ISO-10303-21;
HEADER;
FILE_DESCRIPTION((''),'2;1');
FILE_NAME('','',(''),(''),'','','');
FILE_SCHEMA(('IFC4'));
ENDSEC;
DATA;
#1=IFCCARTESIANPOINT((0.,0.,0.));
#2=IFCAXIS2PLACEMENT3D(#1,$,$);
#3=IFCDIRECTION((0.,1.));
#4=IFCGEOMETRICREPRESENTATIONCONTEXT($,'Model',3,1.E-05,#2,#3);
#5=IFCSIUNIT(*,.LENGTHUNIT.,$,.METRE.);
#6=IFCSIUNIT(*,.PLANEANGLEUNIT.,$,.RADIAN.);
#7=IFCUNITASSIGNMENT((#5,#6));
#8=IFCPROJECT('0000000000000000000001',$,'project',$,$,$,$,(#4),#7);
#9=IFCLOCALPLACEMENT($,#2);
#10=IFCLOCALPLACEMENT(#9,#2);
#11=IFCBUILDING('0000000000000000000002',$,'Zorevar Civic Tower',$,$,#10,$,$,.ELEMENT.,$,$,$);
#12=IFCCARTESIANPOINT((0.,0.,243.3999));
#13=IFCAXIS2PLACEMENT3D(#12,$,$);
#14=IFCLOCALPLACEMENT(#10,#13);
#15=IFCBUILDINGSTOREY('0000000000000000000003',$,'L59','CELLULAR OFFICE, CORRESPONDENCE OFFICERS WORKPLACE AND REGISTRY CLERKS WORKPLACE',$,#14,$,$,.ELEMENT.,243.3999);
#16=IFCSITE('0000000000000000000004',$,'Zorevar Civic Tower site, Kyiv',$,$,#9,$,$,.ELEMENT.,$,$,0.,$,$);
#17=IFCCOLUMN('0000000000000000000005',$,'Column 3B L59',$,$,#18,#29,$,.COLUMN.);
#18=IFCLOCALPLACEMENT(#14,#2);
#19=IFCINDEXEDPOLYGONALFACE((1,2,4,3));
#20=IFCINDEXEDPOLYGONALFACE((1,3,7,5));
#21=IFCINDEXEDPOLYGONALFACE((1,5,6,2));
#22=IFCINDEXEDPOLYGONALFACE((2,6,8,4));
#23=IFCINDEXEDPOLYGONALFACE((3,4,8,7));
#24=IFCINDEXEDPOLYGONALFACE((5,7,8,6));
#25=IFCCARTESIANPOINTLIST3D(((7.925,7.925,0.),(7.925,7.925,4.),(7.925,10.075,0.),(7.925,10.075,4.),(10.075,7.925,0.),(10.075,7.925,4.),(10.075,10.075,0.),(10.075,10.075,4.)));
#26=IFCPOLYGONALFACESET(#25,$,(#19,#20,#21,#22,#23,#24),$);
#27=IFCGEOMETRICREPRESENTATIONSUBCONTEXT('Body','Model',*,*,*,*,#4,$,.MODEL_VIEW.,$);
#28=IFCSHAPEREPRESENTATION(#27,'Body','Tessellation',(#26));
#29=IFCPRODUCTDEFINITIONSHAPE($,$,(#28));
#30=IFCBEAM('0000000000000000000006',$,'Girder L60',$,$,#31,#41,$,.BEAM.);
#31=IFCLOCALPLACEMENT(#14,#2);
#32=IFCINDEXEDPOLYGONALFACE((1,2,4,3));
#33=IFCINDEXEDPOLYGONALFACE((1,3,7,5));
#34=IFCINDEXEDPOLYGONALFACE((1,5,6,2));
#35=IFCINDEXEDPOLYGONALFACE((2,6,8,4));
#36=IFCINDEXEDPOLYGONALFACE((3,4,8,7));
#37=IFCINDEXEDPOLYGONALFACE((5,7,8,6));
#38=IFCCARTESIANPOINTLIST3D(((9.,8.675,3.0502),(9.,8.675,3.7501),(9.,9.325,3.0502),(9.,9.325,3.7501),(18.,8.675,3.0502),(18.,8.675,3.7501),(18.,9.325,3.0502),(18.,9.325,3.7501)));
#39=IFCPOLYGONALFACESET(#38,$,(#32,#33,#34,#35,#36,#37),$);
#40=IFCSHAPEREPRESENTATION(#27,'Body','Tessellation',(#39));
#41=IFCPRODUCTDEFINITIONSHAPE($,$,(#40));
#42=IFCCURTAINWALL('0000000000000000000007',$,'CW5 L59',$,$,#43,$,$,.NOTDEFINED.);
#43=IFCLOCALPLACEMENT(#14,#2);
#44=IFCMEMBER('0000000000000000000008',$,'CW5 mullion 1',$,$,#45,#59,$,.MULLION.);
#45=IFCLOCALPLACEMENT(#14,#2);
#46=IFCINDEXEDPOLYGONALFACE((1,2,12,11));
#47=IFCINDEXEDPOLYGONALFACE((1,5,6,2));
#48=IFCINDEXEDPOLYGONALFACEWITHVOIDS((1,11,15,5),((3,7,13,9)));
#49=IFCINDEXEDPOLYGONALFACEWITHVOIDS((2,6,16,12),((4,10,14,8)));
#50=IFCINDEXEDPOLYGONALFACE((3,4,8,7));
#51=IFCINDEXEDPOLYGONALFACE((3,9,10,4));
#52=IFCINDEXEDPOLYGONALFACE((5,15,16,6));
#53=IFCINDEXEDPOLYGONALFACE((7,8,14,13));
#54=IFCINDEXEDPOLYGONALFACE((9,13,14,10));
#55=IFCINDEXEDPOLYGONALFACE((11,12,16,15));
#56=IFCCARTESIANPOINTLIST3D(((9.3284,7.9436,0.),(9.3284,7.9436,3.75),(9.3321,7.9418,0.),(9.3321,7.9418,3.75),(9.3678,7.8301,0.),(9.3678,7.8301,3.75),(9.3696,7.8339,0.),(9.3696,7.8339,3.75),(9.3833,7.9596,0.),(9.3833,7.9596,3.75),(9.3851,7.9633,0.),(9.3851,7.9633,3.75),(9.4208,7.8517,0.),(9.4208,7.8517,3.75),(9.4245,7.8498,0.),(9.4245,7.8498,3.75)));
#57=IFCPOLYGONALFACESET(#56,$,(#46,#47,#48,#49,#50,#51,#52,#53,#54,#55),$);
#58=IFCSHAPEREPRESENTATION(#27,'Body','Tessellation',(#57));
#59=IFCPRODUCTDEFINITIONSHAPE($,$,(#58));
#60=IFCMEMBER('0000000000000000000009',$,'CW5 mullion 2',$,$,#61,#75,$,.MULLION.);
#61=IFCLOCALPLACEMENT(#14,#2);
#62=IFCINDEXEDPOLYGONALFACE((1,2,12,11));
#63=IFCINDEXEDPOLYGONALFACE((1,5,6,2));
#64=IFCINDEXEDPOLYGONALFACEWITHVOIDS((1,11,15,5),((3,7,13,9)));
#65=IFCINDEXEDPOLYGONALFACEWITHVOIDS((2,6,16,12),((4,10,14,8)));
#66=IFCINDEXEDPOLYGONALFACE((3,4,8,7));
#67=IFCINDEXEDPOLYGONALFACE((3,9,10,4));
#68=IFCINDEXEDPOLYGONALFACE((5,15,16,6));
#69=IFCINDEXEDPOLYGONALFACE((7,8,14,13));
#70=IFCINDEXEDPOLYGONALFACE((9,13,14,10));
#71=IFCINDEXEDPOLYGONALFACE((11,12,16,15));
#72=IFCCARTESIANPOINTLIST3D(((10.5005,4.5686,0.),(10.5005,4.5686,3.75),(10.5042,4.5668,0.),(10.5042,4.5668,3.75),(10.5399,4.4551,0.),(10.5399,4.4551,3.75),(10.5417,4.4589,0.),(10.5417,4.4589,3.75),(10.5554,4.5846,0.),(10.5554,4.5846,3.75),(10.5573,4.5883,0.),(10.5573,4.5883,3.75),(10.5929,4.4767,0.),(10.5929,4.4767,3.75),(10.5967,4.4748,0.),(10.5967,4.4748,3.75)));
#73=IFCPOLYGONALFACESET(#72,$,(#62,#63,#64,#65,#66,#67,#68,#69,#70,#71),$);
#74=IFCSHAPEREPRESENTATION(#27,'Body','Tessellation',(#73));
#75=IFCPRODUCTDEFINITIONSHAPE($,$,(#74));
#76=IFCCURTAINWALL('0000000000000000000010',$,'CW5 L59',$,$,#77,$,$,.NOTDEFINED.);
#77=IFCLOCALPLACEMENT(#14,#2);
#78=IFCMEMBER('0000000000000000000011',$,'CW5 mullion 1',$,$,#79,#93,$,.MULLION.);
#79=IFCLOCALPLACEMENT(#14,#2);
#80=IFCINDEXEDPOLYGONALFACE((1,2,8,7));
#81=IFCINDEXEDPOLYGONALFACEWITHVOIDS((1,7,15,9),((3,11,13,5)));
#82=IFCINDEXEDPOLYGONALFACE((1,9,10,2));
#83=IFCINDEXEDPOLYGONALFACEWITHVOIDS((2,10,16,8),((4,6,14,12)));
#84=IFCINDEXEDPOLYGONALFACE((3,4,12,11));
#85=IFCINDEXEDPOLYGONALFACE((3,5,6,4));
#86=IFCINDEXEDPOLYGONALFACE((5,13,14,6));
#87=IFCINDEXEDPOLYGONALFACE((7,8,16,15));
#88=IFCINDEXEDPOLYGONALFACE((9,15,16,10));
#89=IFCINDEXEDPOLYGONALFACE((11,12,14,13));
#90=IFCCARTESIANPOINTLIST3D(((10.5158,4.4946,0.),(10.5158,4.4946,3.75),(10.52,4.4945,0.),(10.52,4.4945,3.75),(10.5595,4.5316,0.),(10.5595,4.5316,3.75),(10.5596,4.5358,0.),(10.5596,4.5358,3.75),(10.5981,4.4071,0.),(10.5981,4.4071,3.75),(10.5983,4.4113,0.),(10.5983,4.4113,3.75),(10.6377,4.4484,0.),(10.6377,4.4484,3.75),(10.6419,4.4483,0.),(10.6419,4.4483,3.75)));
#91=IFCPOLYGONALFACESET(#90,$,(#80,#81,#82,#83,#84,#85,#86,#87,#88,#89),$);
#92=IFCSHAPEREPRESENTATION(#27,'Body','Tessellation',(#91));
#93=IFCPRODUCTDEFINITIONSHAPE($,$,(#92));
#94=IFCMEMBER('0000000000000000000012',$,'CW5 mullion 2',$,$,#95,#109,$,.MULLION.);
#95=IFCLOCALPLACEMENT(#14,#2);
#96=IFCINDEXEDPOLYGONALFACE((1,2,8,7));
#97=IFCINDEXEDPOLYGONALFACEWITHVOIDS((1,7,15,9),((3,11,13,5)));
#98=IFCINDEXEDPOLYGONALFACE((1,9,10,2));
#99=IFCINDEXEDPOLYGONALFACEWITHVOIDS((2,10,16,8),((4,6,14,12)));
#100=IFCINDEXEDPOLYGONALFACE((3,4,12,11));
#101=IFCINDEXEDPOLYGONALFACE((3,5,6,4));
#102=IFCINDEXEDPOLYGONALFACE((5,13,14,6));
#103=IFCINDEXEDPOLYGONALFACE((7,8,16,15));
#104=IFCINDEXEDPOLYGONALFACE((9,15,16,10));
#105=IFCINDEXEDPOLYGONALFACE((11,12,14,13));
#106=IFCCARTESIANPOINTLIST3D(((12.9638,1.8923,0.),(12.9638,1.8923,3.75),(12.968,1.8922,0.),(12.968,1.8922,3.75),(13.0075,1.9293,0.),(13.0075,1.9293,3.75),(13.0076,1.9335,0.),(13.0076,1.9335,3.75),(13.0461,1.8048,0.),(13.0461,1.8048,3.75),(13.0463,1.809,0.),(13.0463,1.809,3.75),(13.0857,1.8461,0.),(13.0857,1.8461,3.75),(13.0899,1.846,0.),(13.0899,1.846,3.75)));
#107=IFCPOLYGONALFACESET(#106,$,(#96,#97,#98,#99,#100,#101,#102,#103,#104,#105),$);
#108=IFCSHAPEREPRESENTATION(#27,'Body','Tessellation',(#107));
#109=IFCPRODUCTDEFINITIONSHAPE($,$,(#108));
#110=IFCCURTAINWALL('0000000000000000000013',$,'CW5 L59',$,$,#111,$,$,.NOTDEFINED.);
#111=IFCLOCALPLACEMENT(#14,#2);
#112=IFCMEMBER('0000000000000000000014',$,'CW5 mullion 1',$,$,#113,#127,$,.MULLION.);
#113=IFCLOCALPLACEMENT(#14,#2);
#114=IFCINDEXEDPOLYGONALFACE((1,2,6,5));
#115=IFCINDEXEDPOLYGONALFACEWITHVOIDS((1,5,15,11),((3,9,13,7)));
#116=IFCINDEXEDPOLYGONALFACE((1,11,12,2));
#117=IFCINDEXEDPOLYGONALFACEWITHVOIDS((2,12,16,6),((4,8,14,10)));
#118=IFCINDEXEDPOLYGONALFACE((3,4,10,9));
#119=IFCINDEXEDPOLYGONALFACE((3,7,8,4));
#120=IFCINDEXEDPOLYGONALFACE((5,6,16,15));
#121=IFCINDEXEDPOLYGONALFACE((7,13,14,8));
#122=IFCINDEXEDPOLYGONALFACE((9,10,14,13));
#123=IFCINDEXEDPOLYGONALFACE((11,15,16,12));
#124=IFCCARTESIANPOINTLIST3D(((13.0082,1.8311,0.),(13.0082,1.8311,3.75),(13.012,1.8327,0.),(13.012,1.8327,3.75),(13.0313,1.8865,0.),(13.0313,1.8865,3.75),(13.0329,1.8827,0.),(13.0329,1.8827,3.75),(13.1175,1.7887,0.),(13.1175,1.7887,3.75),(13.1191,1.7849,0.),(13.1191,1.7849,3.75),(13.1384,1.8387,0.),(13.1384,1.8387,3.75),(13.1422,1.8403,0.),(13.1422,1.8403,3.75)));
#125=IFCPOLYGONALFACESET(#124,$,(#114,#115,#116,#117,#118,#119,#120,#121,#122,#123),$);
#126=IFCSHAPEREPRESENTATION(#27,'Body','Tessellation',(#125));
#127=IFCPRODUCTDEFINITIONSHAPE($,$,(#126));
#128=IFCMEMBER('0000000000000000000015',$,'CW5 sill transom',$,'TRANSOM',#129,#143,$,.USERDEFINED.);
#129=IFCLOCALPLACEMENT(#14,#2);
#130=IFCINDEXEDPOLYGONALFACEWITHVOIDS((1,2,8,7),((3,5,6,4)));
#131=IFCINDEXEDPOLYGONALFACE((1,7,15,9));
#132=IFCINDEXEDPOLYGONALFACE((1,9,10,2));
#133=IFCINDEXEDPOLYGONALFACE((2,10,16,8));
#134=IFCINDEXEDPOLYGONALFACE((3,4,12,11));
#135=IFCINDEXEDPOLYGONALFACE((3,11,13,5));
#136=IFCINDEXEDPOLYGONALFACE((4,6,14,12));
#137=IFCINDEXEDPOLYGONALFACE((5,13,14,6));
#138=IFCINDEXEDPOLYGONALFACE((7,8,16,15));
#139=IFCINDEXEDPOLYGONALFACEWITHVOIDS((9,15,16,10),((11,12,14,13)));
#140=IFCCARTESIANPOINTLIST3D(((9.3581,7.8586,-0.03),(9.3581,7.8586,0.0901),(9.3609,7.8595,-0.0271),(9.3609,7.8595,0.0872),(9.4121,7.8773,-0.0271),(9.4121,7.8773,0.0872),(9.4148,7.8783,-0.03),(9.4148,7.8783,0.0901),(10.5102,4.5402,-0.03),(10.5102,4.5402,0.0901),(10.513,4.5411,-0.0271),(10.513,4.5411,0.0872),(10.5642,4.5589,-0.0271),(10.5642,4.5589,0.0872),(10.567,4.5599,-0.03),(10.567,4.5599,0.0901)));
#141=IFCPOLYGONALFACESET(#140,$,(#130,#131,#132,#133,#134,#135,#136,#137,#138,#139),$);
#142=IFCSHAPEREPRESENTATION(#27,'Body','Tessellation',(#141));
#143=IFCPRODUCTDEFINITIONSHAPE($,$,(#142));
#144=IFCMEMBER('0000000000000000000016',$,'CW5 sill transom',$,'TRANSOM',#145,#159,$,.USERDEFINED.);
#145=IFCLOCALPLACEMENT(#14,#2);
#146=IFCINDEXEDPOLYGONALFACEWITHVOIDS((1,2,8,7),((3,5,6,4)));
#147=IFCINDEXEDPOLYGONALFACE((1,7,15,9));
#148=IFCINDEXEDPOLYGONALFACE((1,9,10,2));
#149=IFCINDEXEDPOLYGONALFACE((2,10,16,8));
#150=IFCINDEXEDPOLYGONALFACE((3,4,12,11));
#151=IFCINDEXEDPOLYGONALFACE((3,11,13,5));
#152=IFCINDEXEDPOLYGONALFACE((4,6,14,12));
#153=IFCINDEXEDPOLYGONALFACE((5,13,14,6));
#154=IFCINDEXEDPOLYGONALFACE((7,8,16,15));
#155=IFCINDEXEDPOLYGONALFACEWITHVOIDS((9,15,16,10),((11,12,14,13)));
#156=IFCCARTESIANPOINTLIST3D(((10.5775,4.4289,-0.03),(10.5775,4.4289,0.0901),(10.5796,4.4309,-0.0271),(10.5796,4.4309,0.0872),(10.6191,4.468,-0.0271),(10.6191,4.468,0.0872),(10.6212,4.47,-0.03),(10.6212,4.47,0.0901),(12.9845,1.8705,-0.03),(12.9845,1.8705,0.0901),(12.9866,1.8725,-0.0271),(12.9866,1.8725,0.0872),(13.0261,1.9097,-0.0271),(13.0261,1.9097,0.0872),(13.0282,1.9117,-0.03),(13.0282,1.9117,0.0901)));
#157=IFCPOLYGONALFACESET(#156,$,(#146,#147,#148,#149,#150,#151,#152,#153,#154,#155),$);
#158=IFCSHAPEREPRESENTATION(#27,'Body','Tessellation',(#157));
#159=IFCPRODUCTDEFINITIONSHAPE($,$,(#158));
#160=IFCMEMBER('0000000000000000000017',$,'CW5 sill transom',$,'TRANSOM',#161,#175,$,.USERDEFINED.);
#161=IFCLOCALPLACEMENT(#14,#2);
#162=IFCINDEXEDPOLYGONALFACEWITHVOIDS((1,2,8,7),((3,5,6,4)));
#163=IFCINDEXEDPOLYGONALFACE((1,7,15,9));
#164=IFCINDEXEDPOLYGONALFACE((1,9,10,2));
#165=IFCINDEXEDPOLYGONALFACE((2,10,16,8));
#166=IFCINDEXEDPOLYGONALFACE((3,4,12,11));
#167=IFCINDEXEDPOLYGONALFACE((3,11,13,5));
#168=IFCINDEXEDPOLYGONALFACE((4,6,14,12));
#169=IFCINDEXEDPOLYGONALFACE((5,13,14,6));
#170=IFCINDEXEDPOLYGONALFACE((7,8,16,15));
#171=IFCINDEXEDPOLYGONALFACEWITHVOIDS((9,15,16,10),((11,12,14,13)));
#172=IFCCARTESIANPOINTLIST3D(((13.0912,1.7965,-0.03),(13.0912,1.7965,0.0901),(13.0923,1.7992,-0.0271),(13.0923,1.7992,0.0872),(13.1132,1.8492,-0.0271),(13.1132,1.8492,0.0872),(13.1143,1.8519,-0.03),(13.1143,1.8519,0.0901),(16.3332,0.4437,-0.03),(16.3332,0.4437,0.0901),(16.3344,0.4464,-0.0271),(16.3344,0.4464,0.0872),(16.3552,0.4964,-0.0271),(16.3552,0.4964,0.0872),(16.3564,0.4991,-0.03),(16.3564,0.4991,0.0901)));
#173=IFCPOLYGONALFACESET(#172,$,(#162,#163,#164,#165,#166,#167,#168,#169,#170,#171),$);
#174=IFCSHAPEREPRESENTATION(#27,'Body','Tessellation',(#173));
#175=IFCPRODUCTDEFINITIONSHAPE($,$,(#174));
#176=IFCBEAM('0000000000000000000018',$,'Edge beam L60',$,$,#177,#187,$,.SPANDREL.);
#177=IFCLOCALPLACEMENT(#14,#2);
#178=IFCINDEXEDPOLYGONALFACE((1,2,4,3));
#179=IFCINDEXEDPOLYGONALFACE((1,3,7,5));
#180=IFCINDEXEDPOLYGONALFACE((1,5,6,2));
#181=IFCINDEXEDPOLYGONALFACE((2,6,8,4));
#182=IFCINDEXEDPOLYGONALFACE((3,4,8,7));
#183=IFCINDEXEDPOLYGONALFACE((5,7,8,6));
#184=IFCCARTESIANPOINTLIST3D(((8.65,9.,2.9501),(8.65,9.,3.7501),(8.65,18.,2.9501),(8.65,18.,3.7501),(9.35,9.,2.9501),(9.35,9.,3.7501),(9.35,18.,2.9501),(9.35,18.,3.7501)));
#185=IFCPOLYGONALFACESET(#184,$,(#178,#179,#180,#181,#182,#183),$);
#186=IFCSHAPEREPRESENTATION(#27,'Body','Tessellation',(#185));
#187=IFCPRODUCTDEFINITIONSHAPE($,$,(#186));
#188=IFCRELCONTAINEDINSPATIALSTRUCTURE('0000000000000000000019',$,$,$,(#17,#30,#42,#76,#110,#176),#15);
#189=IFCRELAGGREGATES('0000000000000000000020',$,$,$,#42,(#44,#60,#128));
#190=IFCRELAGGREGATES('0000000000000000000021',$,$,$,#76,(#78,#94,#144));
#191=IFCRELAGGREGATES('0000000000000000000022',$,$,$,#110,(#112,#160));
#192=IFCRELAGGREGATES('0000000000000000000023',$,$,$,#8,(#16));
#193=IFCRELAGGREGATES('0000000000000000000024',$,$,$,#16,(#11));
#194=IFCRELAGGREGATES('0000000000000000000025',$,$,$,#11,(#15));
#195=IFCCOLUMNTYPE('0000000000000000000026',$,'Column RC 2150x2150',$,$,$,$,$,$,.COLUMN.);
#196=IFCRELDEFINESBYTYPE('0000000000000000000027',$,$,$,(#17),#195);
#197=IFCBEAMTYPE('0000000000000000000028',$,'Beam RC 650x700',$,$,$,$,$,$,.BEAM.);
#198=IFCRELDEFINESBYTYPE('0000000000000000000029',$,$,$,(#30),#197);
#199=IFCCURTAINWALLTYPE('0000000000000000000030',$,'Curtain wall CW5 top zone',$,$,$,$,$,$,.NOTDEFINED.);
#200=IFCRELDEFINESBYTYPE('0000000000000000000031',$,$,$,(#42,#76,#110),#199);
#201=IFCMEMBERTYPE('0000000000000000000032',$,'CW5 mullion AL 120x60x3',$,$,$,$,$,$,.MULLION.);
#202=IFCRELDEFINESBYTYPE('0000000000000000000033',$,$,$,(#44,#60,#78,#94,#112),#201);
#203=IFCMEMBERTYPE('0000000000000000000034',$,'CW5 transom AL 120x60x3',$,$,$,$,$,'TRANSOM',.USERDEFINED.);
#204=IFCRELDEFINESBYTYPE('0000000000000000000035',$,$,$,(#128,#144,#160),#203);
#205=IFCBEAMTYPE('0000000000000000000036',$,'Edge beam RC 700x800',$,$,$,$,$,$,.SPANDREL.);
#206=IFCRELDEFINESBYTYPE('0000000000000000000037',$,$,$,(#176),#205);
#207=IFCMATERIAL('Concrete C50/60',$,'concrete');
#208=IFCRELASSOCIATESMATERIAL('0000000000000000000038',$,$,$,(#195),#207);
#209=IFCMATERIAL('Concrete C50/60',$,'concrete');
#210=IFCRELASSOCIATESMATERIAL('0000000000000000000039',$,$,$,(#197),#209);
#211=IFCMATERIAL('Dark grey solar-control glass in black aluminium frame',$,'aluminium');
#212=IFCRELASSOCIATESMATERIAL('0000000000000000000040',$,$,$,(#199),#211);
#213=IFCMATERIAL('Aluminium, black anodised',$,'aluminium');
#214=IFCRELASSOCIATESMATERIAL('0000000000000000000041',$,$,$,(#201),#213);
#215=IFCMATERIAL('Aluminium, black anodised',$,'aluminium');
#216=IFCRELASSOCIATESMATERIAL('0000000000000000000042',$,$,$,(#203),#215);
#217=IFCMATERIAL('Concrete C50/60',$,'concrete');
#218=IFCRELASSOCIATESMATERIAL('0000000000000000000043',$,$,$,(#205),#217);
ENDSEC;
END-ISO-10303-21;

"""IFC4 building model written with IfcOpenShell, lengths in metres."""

from ifc_helpers import new_model, si_unit, direction, frame, origin, origin_2d, place, context, subcontext, project, spatial, rectangle, hollow_rectangle, extrude, material, material_profile, profile_set, type_object, element, aggregate, save


model = new_model("IFC4")

# Units and contexts
model_context = context("Model", 3, precision=1e-05, world=origin(), true_north=direction((0.0, 1.0)))
body_context = subcontext(model_context, "Body", "Model", "MODEL_VIEW")
ifc_project = project(units=[si_unit("LENGTHUNIT", "METRE"), si_unit("PLANEANGLEUNIT", "RADIAN")], contexts=[model_context])

# Site, building, storey
site_placement = place(None, origin())
site = spatial("IfcSite", under=ifc_project, at=site_placement, Name="Zorevar Civic Tower site, Kyiv", CompositionType="ELEMENT", RefElevation=0.0)
building_placement = place(site_placement, origin())
building = spatial("IfcBuilding", under=site, at=building_placement, Name="Zorevar Civic Tower", CompositionType="ELEMENT")
storey_placement = place(building_placement, frame((0.0, 0.0, 243.3999)))
storey = spatial("IfcBuildingStorey", under=building, at=storey_placement, Name="L59", Description="CELLULAR OFFICE, CORRESPONDENCE OFFICERS WORKPLACE AND REGISTRY CLERKS WORKPLACE", CompositionType="ELEMENT", Elevation=243.3999)

# Column
ifc_material_1 = material(Name="Concrete C50/60", Category="concrete")
ifc_material_profile_1 = material_profile(ifc_material_1, rectangle(XDim=2.1499, YDim=2.1499, at=origin_2d()), Name="RC 2150x2150")
ifc_profile_set_1 = profile_set([ifc_material_profile_1], Name="Concrete C50/60")
column_type = type_object("IfcColumnType", Name="Column RC 2150x2150", PredefinedType="COLUMN", material=ifc_profile_set_1)
column_placement = place(storey_placement, frame((9.0, 9.0, 0.0), z_axis=(0.0, 0.0, 1.0), x_axis=(1.0, 0.0, 0.0)))
element("IfcColumn", 1, at=column_placement, inside=storey, type_object=column_type, Name="Column 3B L59", PredefinedType="COLUMN", context=body_context, shape_type="SweptSolid", body=[
    extrude(rectangle(XDim=2.1499, YDim=2.1499, at=origin_2d()), origin(), (0.0, 0.0, 1.0), 4.0),
])

# Beam
ifc_material_2 = material(Name="Concrete C50/60", Category="concrete")
ifc_material_profile_2 = material_profile(ifc_material_2, rectangle(XDim=0.6499, YDim=0.7, at=origin_2d()), Name="RC 650x700")
ifc_profile_set_2 = profile_set([ifc_material_profile_2], Name="Concrete C50/60")
beam_type_1 = type_object("IfcBeamType", Name="Beam RC 650x700", PredefinedType="BEAM", material=ifc_profile_set_2)
beam_1_placement = place(storey_placement, frame((9.0, 9.0, 3.4001), z_axis=(1.0, 0.0, 0.0), x_axis=(0.0, 1.0, 0.0)))
element("IfcBeam", 2, at=beam_1_placement, inside=storey, type_object=beam_type_1, Name="Girder L60", PredefinedType="BEAM", context=body_context, shape_type="SweptSolid", body=[
    extrude(rectangle(XDim=0.6499, YDim=0.7, at=origin_2d()), origin(), (0.0, 0.0, 1.0), 9.0),
])

# Curtain walls, members
ifc_material_3 = material(Name="Dark grey solar-control glass in black aluminium frame", Category="aluminium")
curtain_wall_type = type_object("IfcCurtainWallType", Name="Curtain wall CW5 top zone", PredefinedType="NOTDEFINED", material=ifc_material_3)
curtain_wall_1_placement = place(storey_placement, origin())
curtain_wall_1 = element("IfcCurtainWall", 3, at=curtain_wall_1_placement, inside=storey, type_object=curtain_wall_type, Name="CW5 L59", PredefinedType="NOTDEFINED")
ifc_material_4 = material(Name="Aluminium, black anodised", Category="aluminium")
ifc_material_profile_3 = material_profile(ifc_material_4, hollow_rectangle(XDim=0.0601, YDim=0.1201, WallThickness=0.0029, at=origin_2d()), Name="AL 120x60x3")
ifc_profile_set_3 = profile_set([ifc_material_profile_3], Name="Aluminium, black anodised")
member_type_1 = type_object("IfcMemberType", Name="CW5 mullion AL 120x60x3", PredefinedType="MULLION", material=ifc_profile_set_3)
member_1_placement = place(storey_placement, frame((9.3765, 7.8967, 0.0), z_axis=(0.0, 0.0, 1.0), x_axis=(0.944669, 0.328026, 0.0)))
member_1 = element("IfcMember", 4, at=member_1_placement, type_object=member_type_1, Name="CW5 mullion 1", PredefinedType="MULLION", context=body_context, shape_type="SweptSolid", body=[
    extrude(hollow_rectangle(XDim=0.0601, YDim=0.1201, WallThickness=0.0029, at=origin_2d()), origin(), (0.0, 0.0, 1.0), 3.75),
])
member_2_placement = place(storey_placement, frame((10.5486, 4.5217, 0.0), z_axis=(0.0, 0.0, 1.0), x_axis=(0.944669, 0.328026, 0.0)))
member_2 = element("IfcMember", 5, at=member_2_placement, type_object=member_type_1, Name="CW5 mullion 2", PredefinedType="MULLION", context=body_context, shape_type="SweptSolid", body=[
    extrude(hollow_rectangle(XDim=0.0601, YDim=0.1201, WallThickness=0.0029, at=origin_2d()), origin(), (0.0, 0.0, 1.0), 3.75),
])
curtain_wall_2_placement = place(storey_placement, origin())
curtain_wall_2 = element("IfcCurtainWall", 6, at=curtain_wall_2_placement, inside=storey, type_object=curtain_wall_type, Name="CW5 L59", PredefinedType="NOTDEFINED")
member_3_placement = place(storey_placement, frame((10.5789, 4.4714, 0.0), z_axis=(0.0, 0.0, 1.0), x_axis=(0.728369, 0.685185, 0.0)))
member_3 = element("IfcMember", 7, at=member_3_placement, type_object=member_type_1, Name="CW5 mullion 1", PredefinedType="MULLION", context=body_context, shape_type="SweptSolid", body=[
    extrude(hollow_rectangle(XDim=0.0601, YDim=0.1201, WallThickness=0.0029, at=origin_2d()), origin(), (0.0, 0.0, 1.0), 3.75),
])
member_4_placement = place(storey_placement, frame((13.0269, 1.8691, 0.0), z_axis=(0.0, 0.0, 1.0), x_axis=(0.728369, 0.685185, 0.0)))
member_4 = element("IfcMember", 8, at=member_4_placement, type_object=member_type_1, Name="CW5 mullion 2", PredefinedType="MULLION", context=body_context, shape_type="SweptSolid", body=[
    extrude(hollow_rectangle(XDim=0.0601, YDim=0.1201, WallThickness=0.0029, at=origin_2d()), origin(), (0.0, 0.0, 1.0), 3.75),
])

# Curtain wall, member
curtain_wall_3_placement = place(storey_placement, origin())
curtain_wall_3 = element("IfcCurtainWall", 9, at=curtain_wall_3_placement, inside=storey, type_object=curtain_wall_type, Name="CW5 L59", PredefinedType="NOTDEFINED")
member_5_placement = place(storey_placement, frame((13.0752, 1.8357, 0.0), z_axis=(0.0, 0.0, 1.0), x_axis=(0.38508, 0.922883, 0.0)))
member_5 = element("IfcMember", 10, at=member_5_placement, type_object=member_type_1, Name="CW5 mullion 1", PredefinedType="MULLION", context=body_context, shape_type="SweptSolid", body=[
    extrude(hollow_rectangle(XDim=0.0601, YDim=0.1201, WallThickness=0.0029, at=origin_2d()), origin(), (0.0, 0.0, 1.0), 3.75),
])

# Members
ifc_material_5 = material(Name="Aluminium, black anodised", Category="aluminium")
ifc_material_profile_4 = material_profile(ifc_material_5, hollow_rectangle(XDim=0.0601, YDim=0.1201, WallThickness=0.0029, at=origin_2d()), Name="AL 120x60x3")
ifc_profile_set_4 = profile_set([ifc_material_profile_4], Name="Aluminium, black anodised")
member_type_2 = type_object("IfcMemberType", Name="CW5 transom AL 120x60x3", ElementType="TRANSOM", PredefinedType="USERDEFINED", material=ifc_profile_set_4)
member_6_placement = place(storey_placement, frame((9.3865, 7.8684, 0.03), z_axis=(0.327984, -0.944683, 0.0), x_axis=(0.944683, 0.327984, 0.0)))
member_6 = element("IfcMember", 11, at=member_6_placement, type_object=member_type_2, Name="CW5 sill transom", ObjectType="TRANSOM", PredefinedType="USERDEFINED", context=body_context, shape_type="SweptSolid", body=[
    extrude(hollow_rectangle(XDim=0.0601, YDim=0.1201, WallThickness=0.0029, at=origin_2d()), origin(), (0.0, 0.0, 1.0), 3.5127),
])
member_7_placement = place(storey_placement, frame((10.5994, 4.4495, 0.03), z_axis=(0.685232, -0.728324, 0.0), x_axis=(0.728324, 0.685232, 0.0)))
member_7 = element("IfcMember", 12, at=member_7_placement, type_object=member_type_2, Name="CW5 sill transom", ObjectType="TRANSOM", PredefinedType="USERDEFINED", context=body_context, shape_type="SweptSolid", body=[
    extrude(hollow_rectangle(XDim=0.0601, YDim=0.1201, WallThickness=0.0029, at=origin_2d()), origin(), (0.0, 0.0, 1.0), 3.5127),
])
member_8_placement = place(storey_placement, frame((13.1028, 1.8242, 0.03), z_axis=(0.922877, -0.385094, 0.0), x_axis=(0.385094, 0.922877, 0.0)))
member_8 = element("IfcMember", 13, at=member_8_placement, type_object=member_type_2, Name="CW5 sill transom", ObjectType="TRANSOM", PredefinedType="USERDEFINED", context=body_context, shape_type="SweptSolid", body=[
    extrude(hollow_rectangle(XDim=0.0601, YDim=0.1201, WallThickness=0.0029, at=origin_2d()), origin(), (0.0, 0.0, 1.0), 3.5129),
])

# Beam
ifc_material_6 = material(Name="Concrete C50/60", Category="concrete")
ifc_material_profile_5 = material_profile(ifc_material_6, rectangle(XDim=0.7, YDim=0.8, at=origin_2d()), Name="RC 700x800")
ifc_profile_set_5 = profile_set([ifc_material_profile_5], Name="Concrete C50/60")
beam_type_2 = type_object("IfcBeamType", Name="Edge beam RC 700x800", PredefinedType="SPANDREL", material=ifc_profile_set_5)
beam_2_placement = place(storey_placement, frame((9.0, 9.0, 3.3501), z_axis=(0.0, 1.0, 0.0), x_axis=(-1.0, 0.0, 0.0)))
element("IfcBeam", 14, at=beam_2_placement, inside=storey, type_object=beam_type_2, Name="Edge beam L60", PredefinedType="SPANDREL", context=body_context, shape_type="SweptSolid", body=[
    extrude(rectangle(XDim=0.7, YDim=0.8, at=origin_2d()), origin(), (0.0, 0.0, 1.0), 9.0),
])

aggregate(curtain_wall_1, [member_1, member_2, member_6])
aggregate(curtain_wall_2, [member_3, member_4, member_7])
aggregate(curtain_wall_3, [member_5, member_8])

save(model, "model.ifc")
